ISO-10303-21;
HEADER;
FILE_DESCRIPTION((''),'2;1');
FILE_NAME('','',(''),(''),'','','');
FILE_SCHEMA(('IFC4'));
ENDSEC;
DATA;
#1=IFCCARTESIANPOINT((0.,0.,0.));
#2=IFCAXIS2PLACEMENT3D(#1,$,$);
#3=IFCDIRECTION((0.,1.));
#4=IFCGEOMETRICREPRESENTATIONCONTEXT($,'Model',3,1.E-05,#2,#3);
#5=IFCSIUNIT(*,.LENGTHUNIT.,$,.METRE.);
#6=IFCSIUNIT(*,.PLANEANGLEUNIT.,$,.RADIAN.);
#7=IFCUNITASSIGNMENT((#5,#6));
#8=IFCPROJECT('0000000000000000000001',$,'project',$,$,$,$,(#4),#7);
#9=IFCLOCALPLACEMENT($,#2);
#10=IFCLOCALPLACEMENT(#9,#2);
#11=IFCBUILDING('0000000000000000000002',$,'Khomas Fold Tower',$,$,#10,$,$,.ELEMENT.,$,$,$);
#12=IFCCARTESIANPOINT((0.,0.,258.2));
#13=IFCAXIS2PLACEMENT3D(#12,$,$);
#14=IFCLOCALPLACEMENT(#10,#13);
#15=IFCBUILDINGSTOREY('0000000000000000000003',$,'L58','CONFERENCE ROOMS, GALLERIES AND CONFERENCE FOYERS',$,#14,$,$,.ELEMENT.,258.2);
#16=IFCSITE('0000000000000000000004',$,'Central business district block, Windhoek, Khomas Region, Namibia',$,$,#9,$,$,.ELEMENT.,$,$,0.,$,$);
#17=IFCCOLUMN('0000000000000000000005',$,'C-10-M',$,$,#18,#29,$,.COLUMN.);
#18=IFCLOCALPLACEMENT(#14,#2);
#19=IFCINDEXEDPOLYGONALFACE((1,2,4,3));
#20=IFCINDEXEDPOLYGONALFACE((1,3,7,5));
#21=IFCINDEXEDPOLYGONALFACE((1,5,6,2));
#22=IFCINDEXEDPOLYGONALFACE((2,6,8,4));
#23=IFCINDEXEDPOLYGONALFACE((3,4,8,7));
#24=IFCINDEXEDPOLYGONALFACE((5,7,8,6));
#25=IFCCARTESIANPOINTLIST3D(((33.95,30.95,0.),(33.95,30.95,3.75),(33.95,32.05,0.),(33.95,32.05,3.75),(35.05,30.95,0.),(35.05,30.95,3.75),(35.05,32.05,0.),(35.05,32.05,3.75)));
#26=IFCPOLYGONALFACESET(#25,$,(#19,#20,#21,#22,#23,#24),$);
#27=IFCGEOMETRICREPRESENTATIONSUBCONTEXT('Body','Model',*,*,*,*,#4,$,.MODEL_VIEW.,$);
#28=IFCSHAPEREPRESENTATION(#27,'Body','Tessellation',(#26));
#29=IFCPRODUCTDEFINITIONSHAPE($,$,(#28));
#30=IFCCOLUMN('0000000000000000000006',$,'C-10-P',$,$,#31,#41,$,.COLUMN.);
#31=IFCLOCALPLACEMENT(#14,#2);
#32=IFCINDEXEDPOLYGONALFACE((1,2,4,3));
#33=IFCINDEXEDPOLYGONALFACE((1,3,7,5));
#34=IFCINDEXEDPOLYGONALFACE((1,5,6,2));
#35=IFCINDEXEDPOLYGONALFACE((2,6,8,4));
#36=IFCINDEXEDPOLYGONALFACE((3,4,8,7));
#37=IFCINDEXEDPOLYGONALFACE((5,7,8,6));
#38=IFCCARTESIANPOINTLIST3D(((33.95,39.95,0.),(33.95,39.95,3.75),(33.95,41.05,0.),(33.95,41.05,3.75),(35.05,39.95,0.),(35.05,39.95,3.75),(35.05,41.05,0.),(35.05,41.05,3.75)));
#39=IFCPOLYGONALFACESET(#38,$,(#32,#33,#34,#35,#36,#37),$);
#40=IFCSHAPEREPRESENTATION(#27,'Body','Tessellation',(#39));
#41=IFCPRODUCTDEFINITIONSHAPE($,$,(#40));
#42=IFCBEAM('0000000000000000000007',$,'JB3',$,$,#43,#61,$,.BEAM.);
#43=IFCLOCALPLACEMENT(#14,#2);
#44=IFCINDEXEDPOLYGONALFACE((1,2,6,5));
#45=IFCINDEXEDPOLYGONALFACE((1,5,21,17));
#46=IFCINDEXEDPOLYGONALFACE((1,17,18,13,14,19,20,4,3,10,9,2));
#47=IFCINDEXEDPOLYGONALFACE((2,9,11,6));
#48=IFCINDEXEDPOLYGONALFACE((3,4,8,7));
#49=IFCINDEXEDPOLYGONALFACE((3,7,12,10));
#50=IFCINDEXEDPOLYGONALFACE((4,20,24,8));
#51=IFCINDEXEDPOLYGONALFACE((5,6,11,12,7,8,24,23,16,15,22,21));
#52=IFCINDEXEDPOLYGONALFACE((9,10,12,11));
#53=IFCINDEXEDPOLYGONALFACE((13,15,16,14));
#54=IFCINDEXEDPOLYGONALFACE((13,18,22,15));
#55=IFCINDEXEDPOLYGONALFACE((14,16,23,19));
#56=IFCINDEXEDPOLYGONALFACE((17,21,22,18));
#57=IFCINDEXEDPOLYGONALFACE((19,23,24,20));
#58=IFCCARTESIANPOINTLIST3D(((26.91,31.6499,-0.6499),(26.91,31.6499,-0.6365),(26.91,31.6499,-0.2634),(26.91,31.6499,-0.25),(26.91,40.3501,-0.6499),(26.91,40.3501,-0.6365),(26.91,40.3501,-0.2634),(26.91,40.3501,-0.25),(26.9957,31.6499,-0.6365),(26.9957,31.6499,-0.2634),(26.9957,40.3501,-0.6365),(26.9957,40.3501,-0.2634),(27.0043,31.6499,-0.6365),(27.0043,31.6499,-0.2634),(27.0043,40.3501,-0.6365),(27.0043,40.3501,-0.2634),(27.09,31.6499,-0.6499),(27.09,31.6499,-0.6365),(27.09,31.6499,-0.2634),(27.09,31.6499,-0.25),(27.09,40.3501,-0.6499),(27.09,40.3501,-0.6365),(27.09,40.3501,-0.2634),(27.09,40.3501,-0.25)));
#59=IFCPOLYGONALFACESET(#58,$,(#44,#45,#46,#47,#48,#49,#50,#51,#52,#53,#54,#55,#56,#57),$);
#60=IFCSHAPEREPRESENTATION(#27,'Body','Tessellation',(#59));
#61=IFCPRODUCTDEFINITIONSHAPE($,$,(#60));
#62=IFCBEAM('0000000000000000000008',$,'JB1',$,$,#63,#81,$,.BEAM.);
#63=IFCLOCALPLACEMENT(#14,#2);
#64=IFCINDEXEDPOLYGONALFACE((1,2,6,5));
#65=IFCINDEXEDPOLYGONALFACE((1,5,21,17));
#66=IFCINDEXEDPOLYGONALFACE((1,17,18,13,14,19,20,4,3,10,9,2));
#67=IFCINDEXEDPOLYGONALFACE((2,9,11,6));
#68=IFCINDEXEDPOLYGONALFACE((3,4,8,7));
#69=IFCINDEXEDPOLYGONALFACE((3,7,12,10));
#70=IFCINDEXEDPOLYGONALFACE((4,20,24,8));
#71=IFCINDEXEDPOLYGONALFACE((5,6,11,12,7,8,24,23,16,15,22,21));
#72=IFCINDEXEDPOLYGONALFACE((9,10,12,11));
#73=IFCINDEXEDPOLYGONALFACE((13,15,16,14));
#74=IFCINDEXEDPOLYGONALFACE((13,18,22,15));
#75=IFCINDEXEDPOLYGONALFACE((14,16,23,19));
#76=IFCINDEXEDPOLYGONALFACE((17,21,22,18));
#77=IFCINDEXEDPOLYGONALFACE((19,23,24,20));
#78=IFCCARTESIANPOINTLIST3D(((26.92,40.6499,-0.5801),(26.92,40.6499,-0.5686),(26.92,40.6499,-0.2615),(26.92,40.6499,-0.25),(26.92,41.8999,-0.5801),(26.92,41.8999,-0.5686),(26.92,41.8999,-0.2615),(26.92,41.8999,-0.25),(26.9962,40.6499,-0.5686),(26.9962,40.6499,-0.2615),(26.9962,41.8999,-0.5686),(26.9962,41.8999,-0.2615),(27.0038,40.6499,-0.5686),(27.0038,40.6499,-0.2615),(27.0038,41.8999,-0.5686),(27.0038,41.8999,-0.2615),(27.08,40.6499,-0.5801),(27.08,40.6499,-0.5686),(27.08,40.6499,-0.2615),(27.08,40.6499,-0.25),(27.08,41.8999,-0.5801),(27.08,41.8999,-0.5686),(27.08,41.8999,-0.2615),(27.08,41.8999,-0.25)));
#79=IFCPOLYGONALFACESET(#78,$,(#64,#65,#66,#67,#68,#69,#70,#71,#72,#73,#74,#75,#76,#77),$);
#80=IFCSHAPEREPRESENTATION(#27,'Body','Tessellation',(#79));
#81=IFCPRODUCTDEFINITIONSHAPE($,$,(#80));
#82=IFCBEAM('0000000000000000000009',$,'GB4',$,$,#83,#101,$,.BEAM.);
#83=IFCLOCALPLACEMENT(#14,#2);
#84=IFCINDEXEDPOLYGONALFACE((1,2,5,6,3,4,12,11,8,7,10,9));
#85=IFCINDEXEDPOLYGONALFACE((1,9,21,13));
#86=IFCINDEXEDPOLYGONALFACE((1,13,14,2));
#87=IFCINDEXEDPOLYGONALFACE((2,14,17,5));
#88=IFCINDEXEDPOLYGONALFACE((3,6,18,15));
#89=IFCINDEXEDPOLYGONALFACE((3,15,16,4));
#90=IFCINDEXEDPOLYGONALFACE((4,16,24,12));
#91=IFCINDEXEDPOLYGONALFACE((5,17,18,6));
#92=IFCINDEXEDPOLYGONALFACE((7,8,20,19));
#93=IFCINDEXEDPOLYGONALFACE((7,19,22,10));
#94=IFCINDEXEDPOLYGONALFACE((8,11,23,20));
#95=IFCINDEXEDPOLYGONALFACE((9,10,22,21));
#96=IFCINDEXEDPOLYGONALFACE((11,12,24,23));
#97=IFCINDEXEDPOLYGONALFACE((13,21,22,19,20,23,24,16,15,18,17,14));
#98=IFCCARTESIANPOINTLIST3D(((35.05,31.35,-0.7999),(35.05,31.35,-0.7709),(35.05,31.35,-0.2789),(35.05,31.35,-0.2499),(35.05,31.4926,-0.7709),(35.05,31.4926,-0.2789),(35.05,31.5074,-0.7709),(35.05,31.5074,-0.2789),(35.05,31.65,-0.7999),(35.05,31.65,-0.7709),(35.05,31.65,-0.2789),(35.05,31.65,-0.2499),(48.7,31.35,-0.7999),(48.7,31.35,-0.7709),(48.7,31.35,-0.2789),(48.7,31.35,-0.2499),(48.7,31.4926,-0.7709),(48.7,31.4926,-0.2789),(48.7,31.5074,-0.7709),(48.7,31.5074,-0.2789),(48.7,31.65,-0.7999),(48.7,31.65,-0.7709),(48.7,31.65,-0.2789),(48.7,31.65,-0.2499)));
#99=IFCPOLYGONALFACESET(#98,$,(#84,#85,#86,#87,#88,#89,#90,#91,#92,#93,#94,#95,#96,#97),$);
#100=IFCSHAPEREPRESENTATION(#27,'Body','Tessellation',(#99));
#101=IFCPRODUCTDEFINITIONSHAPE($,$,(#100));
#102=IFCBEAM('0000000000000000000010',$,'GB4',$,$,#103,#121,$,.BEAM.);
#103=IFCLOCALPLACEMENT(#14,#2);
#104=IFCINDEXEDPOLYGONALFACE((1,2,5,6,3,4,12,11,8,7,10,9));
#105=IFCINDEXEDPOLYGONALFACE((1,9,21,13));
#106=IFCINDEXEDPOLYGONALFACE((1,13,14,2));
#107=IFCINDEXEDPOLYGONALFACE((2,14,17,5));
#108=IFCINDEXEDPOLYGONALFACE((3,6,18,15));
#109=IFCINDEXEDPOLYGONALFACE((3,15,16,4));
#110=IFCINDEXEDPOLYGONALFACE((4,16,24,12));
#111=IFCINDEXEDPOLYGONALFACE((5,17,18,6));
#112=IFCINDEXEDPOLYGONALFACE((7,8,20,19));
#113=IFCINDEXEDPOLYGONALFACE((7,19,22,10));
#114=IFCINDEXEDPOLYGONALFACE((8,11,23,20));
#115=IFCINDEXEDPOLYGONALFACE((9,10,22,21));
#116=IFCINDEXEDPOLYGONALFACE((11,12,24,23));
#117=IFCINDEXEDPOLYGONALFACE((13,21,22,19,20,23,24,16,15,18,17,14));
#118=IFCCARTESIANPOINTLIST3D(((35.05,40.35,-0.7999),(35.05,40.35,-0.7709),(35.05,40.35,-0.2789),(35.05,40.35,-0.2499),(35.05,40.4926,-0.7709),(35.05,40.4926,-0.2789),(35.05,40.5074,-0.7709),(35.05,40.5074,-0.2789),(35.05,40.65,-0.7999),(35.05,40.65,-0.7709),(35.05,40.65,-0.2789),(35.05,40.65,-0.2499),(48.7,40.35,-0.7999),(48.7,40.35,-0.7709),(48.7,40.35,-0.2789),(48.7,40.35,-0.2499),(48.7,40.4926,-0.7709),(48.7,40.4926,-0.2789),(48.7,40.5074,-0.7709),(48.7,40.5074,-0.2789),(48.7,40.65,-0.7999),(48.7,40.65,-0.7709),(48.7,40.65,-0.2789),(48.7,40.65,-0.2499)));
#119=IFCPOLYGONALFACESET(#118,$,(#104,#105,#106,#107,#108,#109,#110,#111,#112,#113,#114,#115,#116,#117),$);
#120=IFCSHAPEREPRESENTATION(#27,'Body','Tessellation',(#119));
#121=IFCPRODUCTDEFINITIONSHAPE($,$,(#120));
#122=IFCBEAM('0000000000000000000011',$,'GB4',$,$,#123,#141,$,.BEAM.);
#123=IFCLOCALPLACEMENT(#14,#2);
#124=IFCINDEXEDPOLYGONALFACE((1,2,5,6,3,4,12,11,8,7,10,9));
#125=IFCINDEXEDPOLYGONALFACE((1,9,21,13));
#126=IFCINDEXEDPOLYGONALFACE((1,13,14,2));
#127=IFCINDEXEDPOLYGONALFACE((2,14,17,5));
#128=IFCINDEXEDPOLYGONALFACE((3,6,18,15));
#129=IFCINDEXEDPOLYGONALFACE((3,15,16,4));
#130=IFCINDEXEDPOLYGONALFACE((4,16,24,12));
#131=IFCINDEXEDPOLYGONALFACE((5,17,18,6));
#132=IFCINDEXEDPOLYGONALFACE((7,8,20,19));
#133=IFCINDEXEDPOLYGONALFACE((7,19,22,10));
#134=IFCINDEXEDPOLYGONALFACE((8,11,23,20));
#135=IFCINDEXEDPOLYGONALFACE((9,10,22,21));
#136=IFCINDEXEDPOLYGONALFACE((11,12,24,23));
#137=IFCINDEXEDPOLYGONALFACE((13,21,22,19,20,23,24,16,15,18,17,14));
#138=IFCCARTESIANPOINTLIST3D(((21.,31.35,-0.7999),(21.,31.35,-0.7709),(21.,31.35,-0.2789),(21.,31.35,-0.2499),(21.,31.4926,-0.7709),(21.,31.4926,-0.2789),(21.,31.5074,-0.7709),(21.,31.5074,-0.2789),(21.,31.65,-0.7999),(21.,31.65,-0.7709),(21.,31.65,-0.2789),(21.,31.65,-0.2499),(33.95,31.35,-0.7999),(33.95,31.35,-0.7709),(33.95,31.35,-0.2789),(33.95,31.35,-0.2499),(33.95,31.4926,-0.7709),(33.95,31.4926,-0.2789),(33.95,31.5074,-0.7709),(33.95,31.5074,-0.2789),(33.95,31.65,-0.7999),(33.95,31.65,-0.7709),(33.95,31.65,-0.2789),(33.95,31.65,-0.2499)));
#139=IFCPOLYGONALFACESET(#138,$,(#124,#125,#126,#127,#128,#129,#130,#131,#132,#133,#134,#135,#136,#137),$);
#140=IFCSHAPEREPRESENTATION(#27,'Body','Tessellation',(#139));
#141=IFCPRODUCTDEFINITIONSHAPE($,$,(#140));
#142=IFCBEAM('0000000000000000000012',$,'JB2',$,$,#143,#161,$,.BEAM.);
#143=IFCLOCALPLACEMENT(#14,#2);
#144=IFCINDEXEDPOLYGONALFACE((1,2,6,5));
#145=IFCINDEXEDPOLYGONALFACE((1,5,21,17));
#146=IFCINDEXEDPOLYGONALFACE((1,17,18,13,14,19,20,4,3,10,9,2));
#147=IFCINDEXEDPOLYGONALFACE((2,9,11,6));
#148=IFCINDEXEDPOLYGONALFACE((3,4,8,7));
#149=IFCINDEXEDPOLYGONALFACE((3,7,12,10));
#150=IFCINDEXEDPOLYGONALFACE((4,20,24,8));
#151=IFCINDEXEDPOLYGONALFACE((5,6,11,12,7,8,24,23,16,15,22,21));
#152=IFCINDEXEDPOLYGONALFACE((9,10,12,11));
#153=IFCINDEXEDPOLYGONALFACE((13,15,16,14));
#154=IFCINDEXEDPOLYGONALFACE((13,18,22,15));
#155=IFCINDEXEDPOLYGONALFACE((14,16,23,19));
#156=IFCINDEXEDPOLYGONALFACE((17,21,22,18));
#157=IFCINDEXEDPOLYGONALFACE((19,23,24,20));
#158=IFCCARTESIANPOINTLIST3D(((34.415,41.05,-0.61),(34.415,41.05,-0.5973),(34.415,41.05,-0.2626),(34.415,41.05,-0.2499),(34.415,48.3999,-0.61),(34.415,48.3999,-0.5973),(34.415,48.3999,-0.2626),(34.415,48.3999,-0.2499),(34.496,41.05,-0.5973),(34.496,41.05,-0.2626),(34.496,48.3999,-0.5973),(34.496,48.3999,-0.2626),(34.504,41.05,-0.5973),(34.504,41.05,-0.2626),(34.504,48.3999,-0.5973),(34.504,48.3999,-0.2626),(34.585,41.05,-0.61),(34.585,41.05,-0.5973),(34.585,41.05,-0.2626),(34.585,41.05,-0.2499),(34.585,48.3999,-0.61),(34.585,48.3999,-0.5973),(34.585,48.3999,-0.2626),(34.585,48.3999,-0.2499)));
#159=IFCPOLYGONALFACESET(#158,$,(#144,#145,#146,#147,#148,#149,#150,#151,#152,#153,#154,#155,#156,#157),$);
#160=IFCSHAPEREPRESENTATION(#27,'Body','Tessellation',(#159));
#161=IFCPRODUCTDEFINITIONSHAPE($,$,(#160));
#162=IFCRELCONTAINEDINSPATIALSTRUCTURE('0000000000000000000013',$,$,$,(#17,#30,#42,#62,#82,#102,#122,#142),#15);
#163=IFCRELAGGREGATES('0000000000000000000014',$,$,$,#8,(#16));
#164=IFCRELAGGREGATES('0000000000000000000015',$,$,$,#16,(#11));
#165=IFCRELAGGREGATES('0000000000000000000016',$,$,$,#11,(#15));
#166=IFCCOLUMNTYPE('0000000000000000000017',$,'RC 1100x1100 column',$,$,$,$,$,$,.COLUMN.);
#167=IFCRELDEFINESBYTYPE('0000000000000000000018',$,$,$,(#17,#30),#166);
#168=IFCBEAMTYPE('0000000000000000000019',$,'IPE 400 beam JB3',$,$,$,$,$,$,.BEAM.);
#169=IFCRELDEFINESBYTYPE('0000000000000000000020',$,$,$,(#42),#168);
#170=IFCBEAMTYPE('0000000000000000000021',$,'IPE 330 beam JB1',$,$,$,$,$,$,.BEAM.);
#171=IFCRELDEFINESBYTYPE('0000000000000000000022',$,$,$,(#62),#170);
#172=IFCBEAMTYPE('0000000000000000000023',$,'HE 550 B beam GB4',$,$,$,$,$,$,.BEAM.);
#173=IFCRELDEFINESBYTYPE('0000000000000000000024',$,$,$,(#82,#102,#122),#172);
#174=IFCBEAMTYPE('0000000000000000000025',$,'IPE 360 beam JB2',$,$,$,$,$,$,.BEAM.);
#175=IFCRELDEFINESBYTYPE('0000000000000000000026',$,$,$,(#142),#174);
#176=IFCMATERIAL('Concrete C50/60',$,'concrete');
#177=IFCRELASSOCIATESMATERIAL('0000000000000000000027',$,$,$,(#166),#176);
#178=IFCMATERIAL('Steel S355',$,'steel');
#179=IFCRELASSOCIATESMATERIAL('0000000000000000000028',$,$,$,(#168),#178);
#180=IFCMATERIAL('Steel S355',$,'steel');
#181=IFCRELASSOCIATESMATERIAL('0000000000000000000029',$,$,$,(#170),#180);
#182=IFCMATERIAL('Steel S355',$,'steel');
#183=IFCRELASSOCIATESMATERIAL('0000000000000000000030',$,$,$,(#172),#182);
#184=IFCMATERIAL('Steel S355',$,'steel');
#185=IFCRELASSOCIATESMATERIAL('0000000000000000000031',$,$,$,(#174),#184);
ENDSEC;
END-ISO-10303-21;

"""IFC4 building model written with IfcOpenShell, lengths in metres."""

from ifc_helpers import new_model, si_unit, direction, frame, origin, origin_2d, place, context, subcontext, project, spatial, rectangle, i_section, extrude, source, transform, mapped, material, material_profile, profile_set, type_object, element, save


model = new_model("IFC4")

# Units and contexts
model_context = context("Model", 3, precision=1e-05, world=origin(), true_north=direction((0.0, 1.0)))
body_context = subcontext(model_context, "Body", "Model", "MODEL_VIEW")
ifc_project = project(units=[si_unit("LENGTHUNIT", "METRE"), si_unit("PLANEANGLEUNIT", "RADIAN")], contexts=[model_context])

# Site, building, storey
site_placement = place(None, origin())
site = spatial("IfcSite", under=ifc_project, at=site_placement, Name="Central business district block, Windhoek, Khomas Region, Namibia", CompositionType="ELEMENT", RefElevation=0.0)
building_placement = place(site_placement, origin())
building = spatial("IfcBuilding", under=site, at=building_placement, Name="Khomas Fold Tower", CompositionType="ELEMENT")
storey_placement = place(building_placement, frame((0.0, 0.0, 258.2)))
storey = spatial("IfcBuildingStorey", under=building, at=storey_placement, Name="L58", Description="CONFERENCE ROOMS, GALLERIES AND CONFERENCE FOYERS", CompositionType="ELEMENT", Elevation=258.2)

# Columns
ifc_material_1 = material(Name="Concrete C50/60", Category="concrete")
ifc_material_profile_1 = material_profile(ifc_material_1, rectangle(XDim=1.1001, YDim=1.1001, at=origin_2d()), Name="RC 1100x1100")
ifc_profile_set_1 = profile_set([ifc_material_profile_1], Name="Concrete C50/60")
column_type = type_object("IfcColumnType", Name="RC 1100x1100 column", PredefinedType="COLUMN", material=ifc_profile_set_1)
shared_shape_1 = source(origin(), body_context, "Body", "SweptSolid", [
    extrude(rectangle(XDim=1.1001, YDim=1.1001, at=origin_2d()), origin(), (0.0, 0.0, 1.0), 3.75),
])
for number, where, z_axis, x_axis, name in (
    (1, (34.5, 31.5, 0.0), (0.0, 0.0, 1.0), (1.0, 0.0, 0.0), "C-10-M"),
    (2, (34.5, 40.5, 0.0), (0.0, 0.0, 1.0), (1.0, 0.0, 0.0), "C-10-P"),
):
    element("IfcColumn", number, at=place(storey_placement, frame(where, z_axis=z_axis, x_axis=x_axis)), inside=storey, type_object=column_type, Name=name, PredefinedType="COLUMN", context=body_context, shape_type="MappedRepresentation", body=[
        mapped(shared_shape_1, transform((0.0, 0.0, 0.0))),
    ])

# Beams
ifc_material_2 = material(Name="Steel S355", Category="steel")
ifc_material_profile_2 = material_profile(ifc_material_2, i_section(OverallWidth=0.1799, OverallDepth=0.3999, WebThickness=0.0085, FlangeThickness=0.0134, at=origin_2d()), Name="IPE 400")
ifc_profile_set_2 = profile_set([ifc_material_profile_2], Name="Steel S355")
beam_type_1 = type_object("IfcBeamType", Name="IPE 400 beam JB3", PredefinedType="BEAM", material=ifc_profile_set_2)
shared_shape_2 = source(origin(), body_context, "Body", "SweptSolid", [
    extrude(i_section(OverallWidth=0.1799, OverallDepth=0.3999, WebThickness=0.0085, FlangeThickness=0.0134, at=origin_2d()), origin(), (0.0, 0.0, 1.0), 8.7002),
])
beam_1_placement = place(storey_placement, frame((27.0, 31.6499, -0.45), z_axis=(0.0, 1.0, 0.0), x_axis=(-1.0, 0.0, 0.0)))
element("IfcBeam", 3, at=beam_1_placement, inside=storey, type_object=beam_type_1, Name="JB3", PredefinedType="BEAM", context=body_context, shape_type="MappedRepresentation", body=[
    mapped(shared_shape_2, transform((0.0, 0.0, 0.0))),
])
ifc_material_3 = material(Name="Steel S355", Category="steel")
ifc_material_profile_3 = material_profile(ifc_material_3, i_section(OverallWidth=0.1599, OverallDepth=0.3301, WebThickness=0.0076, FlangeThickness=0.0115, at=origin_2d()), Name="IPE 330")
ifc_profile_set_3 = profile_set([ifc_material_profile_3], Name="Steel S355")
beam_type_2 = type_object("IfcBeamType", Name="IPE 330 beam JB1", PredefinedType="BEAM", material=ifc_profile_set_3)
shared_shape_3 = source(origin(), body_context, "Body", "SweptSolid", [
    extrude(i_section(OverallWidth=0.1599, OverallDepth=0.3301, WebThickness=0.0076, FlangeThickness=0.0115, at=origin_2d()), origin(), (0.0, 0.0, 1.0), 1.25),
])
beam_2_placement = place(storey_placement, frame((27.0, 40.6499, -0.415), z_axis=(0.0, 1.0, 0.0), x_axis=(-1.0, 0.0, 0.0)))
element("IfcBeam", 4, at=beam_2_placement, inside=storey, type_object=beam_type_2, Name="JB1", PredefinedType="BEAM", context=body_context, shape_type="MappedRepresentation", body=[
    mapped(shared_shape_3, transform((0.0, 0.0, 0.0))),
])
ifc_material_4 = material(Name="Steel S355", Category="steel")
ifc_material_profile_4 = material_profile(ifc_material_4, i_section(OverallWidth=0.3, OverallDepth=0.55, WebThickness=0.0149, FlangeThickness=0.0291, at=origin_2d()), Name="HE 550 B")
ifc_profile_set_4 = profile_set([ifc_material_profile_4], Name="Steel S355")
beam_type_3 = type_object("IfcBeamType", Name="HE 550 B beam GB4", PredefinedType="BEAM", material=ifc_profile_set_4)
shared_shape_4 = source(origin(), body_context, "Body", "SweptSolid", [
    extrude(i_section(OverallWidth=0.3, OverallDepth=0.55, WebThickness=0.0149, FlangeThickness=0.0291, at=origin_2d()), origin(), (0.0, 0.0, 1.0), 13.6499),
])
for number, where, z_axis, x_axis, name in (
    (5, (35.05, 31.5, -0.5249), (1.0, 0.0, 0.0), (0.0, 1.0, 0.0), "GB4"),
    (6, (35.05, 40.5, -0.5249), (1.0, 0.0, 0.0), (0.0, 1.0, 0.0), "GB4"),
):
    element("IfcBeam", number, at=place(storey_placement, frame(where, z_axis=z_axis, x_axis=x_axis)), inside=storey, type_object=beam_type_3, Name=name, PredefinedType="BEAM", context=body_context, shape_type="MappedRepresentation", body=[
        mapped(shared_shape_4, transform((0.0, 0.0, 0.0))),
    ])
shared_shape_5 = source(origin(), body_context, "Body", "SweptSolid", [
    extrude(i_section(OverallWidth=0.3, OverallDepth=0.55, WebThickness=0.0149, FlangeThickness=0.0291, at=origin_2d()), origin(), (0.0, 0.0, 1.0), 12.95),
])
beam_3_placement = place(storey_placement, frame((21.0, 31.5, -0.5249), z_axis=(1.0, 0.0, 0.0), x_axis=(0.0, 1.0, 0.0)))
element("IfcBeam", 7, at=beam_3_placement, inside=storey, type_object=beam_type_3, Name="GB4", PredefinedType="BEAM", context=body_context, shape_type="MappedRepresentation", body=[
    mapped(shared_shape_5, transform((0.0, 0.0, 0.0))),
])
ifc_material_5 = material(Name="Steel S355", Category="steel")
ifc_material_profile_5 = material_profile(ifc_material_5, i_section(OverallWidth=0.1699, OverallDepth=0.3601, WebThickness=0.0081, FlangeThickness=0.0127, at=origin_2d()), Name="IPE 360")
ifc_profile_set_5 = profile_set([ifc_material_profile_5], Name="Steel S355")
beam_type_4 = type_object("IfcBeamType", Name="IPE 360 beam JB2", PredefinedType="BEAM", material=ifc_profile_set_5)
shared_shape_6 = source(origin(), body_context, "Body", "SweptSolid", [
    extrude(i_section(OverallWidth=0.1699, OverallDepth=0.3601, WebThickness=0.0081, FlangeThickness=0.0127, at=origin_2d()), origin(), (0.0, 0.0, 1.0), 7.3499),
])
beam_4_placement = place(storey_placement, frame((34.5, 41.05, -0.4299), z_axis=(0.0, 1.0, 0.0), x_axis=(-1.0, 0.0, 0.0)))
element("IfcBeam", 8, at=beam_4_placement, inside=storey, type_object=beam_type_4, Name="JB2", PredefinedType="BEAM", context=body_context, shape_type="MappedRepresentation", body=[
    mapped(shared_shape_6, transform((0.0, 0.0, 0.0))),
])

save(model, "model.ifc")
